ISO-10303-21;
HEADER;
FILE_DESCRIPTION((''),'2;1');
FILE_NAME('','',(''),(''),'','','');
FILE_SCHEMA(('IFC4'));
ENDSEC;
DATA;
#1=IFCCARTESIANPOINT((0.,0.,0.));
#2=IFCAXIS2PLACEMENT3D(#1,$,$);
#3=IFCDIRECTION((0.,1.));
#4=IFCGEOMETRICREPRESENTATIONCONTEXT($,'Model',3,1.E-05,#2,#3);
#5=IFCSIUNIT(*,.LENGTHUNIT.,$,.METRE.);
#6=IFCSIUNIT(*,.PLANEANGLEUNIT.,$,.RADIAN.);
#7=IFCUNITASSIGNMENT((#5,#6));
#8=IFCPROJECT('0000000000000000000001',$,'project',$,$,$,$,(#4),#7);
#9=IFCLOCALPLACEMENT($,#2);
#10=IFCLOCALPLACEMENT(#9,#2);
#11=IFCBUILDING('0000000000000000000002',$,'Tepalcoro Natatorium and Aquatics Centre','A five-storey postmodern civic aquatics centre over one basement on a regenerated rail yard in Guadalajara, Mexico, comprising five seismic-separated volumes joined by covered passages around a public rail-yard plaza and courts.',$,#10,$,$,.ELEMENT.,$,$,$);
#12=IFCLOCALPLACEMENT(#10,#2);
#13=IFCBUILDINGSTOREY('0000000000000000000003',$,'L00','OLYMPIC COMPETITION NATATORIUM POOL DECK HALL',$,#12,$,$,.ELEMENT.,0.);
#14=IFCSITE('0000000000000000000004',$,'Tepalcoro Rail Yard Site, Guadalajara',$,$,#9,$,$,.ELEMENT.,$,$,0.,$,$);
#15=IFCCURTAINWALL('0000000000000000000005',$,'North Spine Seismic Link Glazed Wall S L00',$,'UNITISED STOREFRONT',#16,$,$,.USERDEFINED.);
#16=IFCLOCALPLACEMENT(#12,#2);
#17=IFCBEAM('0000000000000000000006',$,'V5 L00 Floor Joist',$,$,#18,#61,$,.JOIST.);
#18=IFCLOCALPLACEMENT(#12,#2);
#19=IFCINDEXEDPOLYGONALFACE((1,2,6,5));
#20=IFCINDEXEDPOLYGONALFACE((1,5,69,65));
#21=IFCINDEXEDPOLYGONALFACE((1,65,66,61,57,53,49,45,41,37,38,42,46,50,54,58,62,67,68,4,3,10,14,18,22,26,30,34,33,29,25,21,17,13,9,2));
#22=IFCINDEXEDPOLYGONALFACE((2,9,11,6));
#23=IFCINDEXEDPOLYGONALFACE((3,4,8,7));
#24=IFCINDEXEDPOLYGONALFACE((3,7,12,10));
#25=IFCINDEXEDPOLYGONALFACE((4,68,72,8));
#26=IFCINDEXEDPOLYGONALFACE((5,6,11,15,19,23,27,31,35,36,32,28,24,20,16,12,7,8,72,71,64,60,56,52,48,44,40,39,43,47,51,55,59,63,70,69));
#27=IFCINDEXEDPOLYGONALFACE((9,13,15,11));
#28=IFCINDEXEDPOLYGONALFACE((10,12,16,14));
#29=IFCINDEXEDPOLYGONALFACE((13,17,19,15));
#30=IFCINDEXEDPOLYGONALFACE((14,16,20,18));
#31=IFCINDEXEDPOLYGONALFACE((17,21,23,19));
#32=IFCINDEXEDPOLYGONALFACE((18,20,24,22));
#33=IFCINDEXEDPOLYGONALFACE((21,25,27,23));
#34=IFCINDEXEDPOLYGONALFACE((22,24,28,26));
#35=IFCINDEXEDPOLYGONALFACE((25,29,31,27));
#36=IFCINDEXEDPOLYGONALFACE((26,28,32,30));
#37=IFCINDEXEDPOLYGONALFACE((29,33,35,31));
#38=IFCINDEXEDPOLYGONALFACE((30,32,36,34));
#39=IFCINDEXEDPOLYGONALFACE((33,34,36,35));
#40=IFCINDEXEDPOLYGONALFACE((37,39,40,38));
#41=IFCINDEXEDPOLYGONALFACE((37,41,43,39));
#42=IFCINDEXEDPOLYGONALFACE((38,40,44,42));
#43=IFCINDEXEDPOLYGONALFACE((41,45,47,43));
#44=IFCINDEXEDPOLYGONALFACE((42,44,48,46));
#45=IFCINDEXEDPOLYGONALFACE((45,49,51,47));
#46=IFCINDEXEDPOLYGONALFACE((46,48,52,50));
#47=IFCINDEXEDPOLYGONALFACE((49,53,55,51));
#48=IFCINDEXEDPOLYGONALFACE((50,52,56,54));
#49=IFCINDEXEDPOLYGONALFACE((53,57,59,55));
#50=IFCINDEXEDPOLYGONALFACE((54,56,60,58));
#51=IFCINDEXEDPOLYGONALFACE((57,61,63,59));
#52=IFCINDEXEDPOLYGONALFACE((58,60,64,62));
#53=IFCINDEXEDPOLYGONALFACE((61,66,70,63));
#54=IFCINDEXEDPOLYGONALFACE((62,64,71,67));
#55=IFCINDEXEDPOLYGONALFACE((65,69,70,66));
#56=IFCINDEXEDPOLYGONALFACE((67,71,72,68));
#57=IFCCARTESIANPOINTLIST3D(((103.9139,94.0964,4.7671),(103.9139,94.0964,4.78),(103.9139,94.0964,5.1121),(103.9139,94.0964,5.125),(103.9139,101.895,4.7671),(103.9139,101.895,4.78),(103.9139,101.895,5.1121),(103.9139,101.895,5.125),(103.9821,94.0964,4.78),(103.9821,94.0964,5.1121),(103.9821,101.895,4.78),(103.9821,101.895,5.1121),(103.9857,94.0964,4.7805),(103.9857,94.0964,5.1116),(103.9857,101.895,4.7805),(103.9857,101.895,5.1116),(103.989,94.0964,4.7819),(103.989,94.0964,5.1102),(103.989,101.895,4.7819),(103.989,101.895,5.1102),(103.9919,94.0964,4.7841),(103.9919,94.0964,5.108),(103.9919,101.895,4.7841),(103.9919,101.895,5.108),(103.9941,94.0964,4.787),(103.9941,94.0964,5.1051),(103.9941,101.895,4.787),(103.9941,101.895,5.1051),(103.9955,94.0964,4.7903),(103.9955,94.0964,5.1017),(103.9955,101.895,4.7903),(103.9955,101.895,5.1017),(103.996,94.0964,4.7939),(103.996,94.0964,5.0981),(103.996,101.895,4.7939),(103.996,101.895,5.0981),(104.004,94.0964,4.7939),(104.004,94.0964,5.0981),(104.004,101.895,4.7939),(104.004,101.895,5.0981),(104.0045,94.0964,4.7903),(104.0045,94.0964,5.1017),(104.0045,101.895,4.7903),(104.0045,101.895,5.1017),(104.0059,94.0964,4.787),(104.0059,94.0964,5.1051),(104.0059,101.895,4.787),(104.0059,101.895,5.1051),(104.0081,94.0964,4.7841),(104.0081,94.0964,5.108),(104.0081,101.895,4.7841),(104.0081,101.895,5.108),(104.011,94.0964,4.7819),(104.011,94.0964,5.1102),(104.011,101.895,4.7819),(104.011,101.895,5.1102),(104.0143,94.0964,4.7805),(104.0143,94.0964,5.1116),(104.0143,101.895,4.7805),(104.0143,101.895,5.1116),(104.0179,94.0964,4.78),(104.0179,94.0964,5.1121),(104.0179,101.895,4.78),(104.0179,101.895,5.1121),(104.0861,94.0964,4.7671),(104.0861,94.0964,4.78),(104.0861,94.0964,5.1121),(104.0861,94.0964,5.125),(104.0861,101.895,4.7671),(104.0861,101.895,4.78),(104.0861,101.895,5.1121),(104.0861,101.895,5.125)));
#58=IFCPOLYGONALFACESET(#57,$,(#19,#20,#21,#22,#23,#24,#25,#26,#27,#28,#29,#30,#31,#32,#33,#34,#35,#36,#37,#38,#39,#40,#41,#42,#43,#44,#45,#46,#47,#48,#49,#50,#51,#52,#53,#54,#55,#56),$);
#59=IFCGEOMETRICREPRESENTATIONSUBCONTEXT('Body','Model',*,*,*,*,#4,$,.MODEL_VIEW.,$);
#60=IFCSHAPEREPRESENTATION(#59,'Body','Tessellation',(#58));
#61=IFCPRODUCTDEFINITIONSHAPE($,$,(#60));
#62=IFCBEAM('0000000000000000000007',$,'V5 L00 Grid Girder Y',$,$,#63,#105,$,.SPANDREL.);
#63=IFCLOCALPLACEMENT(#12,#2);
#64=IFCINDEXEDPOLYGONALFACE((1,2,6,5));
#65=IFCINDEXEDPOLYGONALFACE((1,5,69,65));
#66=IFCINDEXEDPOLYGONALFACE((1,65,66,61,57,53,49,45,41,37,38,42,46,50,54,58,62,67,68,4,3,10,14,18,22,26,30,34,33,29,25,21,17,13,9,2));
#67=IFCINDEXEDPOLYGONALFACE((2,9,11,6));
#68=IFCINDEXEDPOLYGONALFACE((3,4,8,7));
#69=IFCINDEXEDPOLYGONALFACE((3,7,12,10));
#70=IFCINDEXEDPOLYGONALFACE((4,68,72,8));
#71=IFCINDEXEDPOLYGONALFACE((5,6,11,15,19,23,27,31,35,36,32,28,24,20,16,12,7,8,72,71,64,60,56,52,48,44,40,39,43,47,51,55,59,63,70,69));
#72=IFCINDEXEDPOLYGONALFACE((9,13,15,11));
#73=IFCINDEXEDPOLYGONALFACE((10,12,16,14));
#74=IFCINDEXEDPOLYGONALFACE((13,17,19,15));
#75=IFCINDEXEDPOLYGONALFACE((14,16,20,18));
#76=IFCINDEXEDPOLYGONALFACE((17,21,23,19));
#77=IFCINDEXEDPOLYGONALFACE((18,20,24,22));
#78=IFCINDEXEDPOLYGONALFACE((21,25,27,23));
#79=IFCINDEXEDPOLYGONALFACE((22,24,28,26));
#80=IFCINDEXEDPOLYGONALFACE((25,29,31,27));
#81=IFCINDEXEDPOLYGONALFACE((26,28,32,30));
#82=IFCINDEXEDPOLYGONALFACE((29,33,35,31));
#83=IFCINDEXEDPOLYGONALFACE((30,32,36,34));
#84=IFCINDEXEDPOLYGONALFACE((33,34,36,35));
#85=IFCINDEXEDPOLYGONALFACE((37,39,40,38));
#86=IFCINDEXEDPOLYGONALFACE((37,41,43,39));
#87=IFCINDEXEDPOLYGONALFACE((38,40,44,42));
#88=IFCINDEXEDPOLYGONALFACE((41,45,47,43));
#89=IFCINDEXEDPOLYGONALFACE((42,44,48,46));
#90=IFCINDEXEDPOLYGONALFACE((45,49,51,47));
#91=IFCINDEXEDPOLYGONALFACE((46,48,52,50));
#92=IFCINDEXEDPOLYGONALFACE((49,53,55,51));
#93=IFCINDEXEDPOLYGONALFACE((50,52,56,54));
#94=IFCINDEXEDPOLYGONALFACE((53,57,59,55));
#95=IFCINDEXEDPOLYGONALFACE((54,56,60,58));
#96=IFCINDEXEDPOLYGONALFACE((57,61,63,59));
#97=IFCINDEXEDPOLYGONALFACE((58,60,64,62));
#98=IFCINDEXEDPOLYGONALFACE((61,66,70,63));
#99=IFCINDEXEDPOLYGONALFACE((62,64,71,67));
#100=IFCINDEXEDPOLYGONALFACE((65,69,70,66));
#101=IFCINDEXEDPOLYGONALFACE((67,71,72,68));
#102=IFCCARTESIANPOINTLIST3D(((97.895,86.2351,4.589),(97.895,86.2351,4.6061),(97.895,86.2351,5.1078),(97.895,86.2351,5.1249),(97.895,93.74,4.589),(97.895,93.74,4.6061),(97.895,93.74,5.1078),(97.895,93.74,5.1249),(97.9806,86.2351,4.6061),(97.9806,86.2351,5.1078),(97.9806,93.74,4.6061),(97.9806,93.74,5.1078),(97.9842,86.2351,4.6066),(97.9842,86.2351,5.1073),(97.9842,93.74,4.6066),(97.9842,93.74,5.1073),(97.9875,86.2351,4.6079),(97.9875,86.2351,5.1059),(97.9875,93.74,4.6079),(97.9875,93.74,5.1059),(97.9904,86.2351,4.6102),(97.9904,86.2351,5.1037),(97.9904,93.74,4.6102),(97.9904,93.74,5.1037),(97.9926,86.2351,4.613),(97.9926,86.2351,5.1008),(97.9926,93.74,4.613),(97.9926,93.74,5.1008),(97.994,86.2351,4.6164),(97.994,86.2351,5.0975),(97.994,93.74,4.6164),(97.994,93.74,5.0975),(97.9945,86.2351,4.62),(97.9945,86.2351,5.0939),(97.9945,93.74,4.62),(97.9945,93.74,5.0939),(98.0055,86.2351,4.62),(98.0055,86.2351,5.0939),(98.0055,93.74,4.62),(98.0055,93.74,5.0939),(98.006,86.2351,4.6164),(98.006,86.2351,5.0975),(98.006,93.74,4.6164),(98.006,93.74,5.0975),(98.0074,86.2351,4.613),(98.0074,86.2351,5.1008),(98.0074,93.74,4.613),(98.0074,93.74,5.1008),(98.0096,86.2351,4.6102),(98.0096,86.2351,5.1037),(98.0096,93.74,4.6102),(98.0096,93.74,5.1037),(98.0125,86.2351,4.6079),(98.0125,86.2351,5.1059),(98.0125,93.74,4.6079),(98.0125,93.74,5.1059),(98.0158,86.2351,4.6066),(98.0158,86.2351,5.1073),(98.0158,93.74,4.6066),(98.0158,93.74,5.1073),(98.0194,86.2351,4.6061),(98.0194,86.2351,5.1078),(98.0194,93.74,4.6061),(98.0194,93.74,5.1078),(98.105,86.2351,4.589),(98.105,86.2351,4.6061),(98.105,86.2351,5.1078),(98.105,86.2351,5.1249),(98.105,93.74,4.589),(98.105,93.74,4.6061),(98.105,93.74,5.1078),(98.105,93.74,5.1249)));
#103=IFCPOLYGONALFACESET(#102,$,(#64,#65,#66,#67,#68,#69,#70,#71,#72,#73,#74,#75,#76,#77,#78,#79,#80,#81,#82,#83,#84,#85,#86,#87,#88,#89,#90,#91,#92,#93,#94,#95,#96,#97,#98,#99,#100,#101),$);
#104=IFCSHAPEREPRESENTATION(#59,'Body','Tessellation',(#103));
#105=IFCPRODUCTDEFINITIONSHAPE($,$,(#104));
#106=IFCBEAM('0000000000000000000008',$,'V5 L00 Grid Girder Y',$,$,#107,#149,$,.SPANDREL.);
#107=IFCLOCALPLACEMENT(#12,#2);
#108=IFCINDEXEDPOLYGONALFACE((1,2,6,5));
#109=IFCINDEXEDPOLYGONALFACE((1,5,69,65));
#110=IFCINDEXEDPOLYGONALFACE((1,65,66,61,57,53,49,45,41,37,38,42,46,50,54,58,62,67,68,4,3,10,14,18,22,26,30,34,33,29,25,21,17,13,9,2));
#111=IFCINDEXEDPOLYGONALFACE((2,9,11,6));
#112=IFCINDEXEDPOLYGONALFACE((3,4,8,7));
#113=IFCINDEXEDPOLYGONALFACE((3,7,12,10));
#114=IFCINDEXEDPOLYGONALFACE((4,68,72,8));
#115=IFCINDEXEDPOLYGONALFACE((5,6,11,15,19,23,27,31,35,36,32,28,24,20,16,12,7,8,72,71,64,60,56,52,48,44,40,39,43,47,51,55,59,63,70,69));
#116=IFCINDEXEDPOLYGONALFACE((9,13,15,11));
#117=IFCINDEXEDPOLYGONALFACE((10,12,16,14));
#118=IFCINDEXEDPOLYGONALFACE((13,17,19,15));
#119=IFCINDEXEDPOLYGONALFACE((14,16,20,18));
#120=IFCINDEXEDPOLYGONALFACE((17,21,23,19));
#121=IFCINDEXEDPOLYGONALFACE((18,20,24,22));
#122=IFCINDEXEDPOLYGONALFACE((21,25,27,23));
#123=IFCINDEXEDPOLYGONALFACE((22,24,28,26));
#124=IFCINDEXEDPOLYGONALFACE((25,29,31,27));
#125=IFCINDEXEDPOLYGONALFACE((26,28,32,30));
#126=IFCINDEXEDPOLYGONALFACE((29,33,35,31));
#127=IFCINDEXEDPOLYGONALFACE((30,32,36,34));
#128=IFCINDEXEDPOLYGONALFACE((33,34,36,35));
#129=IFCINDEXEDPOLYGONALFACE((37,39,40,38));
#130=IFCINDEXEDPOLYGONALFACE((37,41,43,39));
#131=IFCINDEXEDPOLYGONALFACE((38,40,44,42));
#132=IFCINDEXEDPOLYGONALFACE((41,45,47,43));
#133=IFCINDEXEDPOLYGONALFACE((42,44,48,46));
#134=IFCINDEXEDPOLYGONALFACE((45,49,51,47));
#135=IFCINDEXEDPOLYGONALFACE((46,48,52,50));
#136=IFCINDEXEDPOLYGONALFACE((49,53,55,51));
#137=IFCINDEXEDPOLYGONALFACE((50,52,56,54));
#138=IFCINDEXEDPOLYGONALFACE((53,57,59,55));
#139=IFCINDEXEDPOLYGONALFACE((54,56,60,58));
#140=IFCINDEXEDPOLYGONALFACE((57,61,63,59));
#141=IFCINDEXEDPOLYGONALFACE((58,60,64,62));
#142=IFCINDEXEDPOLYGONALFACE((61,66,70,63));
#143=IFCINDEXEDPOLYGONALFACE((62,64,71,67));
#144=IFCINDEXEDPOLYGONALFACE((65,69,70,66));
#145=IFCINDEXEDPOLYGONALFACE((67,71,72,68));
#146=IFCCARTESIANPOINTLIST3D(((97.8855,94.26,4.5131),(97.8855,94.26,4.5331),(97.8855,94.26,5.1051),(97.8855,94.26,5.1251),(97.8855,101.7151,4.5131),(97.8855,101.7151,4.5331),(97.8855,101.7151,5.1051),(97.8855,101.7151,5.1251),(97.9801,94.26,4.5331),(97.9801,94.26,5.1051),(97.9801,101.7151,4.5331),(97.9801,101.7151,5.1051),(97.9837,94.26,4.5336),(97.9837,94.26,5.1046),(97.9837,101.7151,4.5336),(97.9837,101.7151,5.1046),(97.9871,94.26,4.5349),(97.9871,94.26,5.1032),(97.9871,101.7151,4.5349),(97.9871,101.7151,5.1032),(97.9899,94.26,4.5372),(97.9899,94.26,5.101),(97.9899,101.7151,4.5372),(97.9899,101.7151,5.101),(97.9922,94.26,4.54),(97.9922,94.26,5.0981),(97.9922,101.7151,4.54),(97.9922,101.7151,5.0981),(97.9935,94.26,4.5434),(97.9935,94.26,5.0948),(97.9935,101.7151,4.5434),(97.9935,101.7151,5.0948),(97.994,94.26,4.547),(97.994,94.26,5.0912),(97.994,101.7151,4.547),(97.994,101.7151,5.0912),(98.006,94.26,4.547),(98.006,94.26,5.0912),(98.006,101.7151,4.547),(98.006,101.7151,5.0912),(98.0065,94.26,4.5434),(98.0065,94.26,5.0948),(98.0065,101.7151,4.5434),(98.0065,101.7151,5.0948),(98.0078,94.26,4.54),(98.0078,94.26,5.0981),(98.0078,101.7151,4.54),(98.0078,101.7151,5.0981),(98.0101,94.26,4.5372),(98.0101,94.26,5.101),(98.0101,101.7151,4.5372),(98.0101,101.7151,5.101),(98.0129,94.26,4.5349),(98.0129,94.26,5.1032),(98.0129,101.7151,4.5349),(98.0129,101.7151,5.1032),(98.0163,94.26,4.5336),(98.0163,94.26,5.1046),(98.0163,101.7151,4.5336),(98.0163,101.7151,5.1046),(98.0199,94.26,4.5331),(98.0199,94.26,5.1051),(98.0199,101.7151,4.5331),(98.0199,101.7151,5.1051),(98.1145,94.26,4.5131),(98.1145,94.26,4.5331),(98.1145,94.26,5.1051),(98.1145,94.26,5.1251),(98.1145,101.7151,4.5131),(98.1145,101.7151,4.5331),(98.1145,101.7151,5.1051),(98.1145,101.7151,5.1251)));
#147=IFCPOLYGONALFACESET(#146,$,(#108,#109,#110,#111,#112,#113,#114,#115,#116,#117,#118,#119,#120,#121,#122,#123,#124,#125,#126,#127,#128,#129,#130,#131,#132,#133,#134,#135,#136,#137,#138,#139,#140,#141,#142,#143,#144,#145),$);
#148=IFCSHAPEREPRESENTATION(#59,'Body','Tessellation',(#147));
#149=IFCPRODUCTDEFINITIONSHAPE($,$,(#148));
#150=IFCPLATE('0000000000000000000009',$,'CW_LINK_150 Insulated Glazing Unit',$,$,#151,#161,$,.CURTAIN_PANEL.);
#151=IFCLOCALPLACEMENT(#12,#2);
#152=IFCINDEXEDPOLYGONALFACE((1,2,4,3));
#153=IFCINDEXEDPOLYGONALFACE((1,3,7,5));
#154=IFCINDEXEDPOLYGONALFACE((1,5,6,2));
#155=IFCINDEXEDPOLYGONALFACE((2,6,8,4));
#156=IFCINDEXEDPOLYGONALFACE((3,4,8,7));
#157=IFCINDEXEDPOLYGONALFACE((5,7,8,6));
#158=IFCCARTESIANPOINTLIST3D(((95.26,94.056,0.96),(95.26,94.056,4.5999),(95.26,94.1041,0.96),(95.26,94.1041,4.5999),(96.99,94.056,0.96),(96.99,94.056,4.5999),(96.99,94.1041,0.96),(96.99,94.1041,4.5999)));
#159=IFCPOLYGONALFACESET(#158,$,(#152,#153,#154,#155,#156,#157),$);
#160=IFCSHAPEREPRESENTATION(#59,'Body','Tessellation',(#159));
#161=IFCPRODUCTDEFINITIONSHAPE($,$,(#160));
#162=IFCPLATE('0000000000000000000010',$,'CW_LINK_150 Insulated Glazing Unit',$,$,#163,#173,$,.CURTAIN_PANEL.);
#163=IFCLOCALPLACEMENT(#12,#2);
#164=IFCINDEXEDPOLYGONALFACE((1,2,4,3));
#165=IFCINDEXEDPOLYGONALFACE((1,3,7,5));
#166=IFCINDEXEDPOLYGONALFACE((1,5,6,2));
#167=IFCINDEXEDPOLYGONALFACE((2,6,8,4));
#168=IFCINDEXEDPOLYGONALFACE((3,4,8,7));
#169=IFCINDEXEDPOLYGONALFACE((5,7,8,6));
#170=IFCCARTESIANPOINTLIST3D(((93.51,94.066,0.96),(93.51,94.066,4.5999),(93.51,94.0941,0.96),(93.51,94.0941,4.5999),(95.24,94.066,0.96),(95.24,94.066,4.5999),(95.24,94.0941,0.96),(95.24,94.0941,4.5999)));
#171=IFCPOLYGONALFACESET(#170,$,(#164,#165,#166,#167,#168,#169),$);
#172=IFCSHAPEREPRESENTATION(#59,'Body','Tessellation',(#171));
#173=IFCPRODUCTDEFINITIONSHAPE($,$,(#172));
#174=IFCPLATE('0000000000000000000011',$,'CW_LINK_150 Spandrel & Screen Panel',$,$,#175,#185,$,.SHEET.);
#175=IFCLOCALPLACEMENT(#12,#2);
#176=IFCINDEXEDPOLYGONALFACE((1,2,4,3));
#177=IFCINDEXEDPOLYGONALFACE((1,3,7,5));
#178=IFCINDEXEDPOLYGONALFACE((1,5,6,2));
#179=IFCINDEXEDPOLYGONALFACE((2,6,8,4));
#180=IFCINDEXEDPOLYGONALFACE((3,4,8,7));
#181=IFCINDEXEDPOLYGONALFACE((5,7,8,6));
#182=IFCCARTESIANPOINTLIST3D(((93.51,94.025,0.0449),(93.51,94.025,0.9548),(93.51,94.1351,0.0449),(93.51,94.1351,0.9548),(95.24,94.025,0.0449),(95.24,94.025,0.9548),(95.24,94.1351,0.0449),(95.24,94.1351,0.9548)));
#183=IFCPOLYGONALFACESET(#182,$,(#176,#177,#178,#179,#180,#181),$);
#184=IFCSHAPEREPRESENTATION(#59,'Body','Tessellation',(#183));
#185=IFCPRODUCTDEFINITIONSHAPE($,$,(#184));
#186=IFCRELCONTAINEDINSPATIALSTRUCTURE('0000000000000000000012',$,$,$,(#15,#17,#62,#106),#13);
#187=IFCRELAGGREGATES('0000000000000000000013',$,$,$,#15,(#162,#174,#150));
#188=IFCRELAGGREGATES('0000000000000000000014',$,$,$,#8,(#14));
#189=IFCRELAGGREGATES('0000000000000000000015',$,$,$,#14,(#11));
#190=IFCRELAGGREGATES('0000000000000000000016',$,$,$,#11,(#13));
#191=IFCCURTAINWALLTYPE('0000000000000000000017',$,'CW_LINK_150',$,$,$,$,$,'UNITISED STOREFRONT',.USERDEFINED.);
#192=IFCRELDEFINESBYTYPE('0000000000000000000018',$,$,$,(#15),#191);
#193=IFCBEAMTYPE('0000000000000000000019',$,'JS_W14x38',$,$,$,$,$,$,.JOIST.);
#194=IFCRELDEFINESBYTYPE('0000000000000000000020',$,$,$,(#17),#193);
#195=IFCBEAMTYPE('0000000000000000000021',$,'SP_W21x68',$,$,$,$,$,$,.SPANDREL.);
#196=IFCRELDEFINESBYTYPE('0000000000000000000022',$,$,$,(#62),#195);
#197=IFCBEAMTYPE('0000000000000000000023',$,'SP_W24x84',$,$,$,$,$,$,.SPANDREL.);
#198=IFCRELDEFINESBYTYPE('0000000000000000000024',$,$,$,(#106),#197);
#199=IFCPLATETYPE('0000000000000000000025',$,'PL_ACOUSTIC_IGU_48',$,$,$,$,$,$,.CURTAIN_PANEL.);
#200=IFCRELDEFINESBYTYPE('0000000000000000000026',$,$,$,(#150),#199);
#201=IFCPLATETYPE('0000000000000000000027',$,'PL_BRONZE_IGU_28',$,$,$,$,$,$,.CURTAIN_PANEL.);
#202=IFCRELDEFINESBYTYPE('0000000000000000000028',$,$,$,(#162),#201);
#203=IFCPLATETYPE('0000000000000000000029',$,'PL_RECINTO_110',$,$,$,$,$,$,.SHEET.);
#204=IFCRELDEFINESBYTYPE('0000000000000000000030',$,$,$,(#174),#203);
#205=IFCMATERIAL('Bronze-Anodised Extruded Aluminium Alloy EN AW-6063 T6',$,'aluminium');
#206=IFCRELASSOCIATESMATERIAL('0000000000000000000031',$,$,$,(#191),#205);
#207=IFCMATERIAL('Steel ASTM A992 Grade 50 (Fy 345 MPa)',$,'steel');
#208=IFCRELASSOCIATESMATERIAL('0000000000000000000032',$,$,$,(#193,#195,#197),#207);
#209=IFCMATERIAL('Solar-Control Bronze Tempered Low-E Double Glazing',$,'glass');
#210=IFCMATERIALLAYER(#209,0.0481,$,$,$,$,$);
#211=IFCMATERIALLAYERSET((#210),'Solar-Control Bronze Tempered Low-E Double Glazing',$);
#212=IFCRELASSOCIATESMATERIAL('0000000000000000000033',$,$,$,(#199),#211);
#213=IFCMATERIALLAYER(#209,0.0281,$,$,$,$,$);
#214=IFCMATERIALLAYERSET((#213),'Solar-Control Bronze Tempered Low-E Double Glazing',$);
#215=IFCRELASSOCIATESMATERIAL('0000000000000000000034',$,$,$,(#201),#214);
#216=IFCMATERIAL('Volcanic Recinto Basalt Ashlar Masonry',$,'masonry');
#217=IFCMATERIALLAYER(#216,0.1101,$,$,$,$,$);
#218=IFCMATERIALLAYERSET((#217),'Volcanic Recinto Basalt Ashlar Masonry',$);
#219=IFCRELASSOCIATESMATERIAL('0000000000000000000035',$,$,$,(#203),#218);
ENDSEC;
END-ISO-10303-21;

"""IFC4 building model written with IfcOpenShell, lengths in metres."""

from ifc_helpers import new_model, si_unit, direction, frame, origin, origin_2d, place, context, subcontext, project, spatial, rectangle, i_section, extrude, material, layer, layer_set, material_profile, profile_set, type_object, element, aggregate, save


model = new_model("IFC4")

# Units and contexts
model_context = context("Model", 3, precision=1e-05, world=origin(), true_north=direction((0.0, 1.0)))
body_context = subcontext(model_context, "Body", "Model", "MODEL_VIEW")
ifc_project = project(units=[si_unit("LENGTHUNIT", "METRE"), si_unit("PLANEANGLEUNIT", "RADIAN")], contexts=[model_context])

# Site, building, storey
site_placement = place(None, origin())
site = spatial("IfcSite", under=ifc_project, at=site_placement, Name="Tepalcoro Rail Yard Site, Guadalajara", CompositionType="ELEMENT", RefElevation=0.0)
building_placement = place(site_placement, origin())
building = spatial("IfcBuilding", under=site, at=building_placement, Name="Tepalcoro Natatorium and Aquatics Centre", Description="A five-storey postmodern civic aquatics centre over one basement on a regenerated rail yard in Guadalajara, Mexico, comprising five seismic-separated volumes joined by covered passages around a public rail-yard plaza and courts.", CompositionType="ELEMENT")
storey_placement = place(building_placement, origin())
storey = spatial("IfcBuildingStorey", under=building, at=storey_placement, Name="L00", Description="OLYMPIC COMPETITION NATATORIUM POOL DECK HALL", CompositionType="ELEMENT", Elevation=0.0)

# Shared definitions
ifc_material_1 = material(Name="Steel ASTM A992 Grade 50 (Fy 345 MPa)", Category="steel")

# Curtain wall
ifc_material_2 = material(Name="Bronze-Anodised Extruded Aluminium Alloy EN AW-6063 T6", Category="aluminium")
curtain_wall_type = type_object("IfcCurtainWallType", Name="CW_LINK_150", ElementType="UNITISED STOREFRONT", PredefinedType="USERDEFINED", material=ifc_material_2)
curtain_wall_placement = place(storey_placement, origin())
curtain_wall = element("IfcCurtainWall", 1, at=curtain_wall_placement, inside=storey, type_object=curtain_wall_type, Name="North Spine Seismic Link Glazed Wall S L00", ObjectType="UNITISED STOREFRONT", PredefinedType="USERDEFINED")

# Beams
ifc_material_profile_1 = material_profile(ifc_material_1, i_section(OverallWidth=0.1721, OverallDepth=0.3579, WebThickness=0.0081, FlangeThickness=0.0129, FilletRadius=0.0139, at=origin_2d()), Name="W14X38")
ifc_profile_set_1 = profile_set([ifc_material_profile_1], Name="Steel ASTM A992 Grade 50 (Fy 345 MPa)")
beam_type_1 = type_object("IfcBeamType", Name="JS_W14x38", PredefinedType="JOIST", material=ifc_profile_set_1)
beam_1_placement = place(storey_placement, frame((104.0, 94.0964, 4.946), z_axis=(0.0, 1.0, 0.0), x_axis=(-1.0, 0.0, 0.0)))
element("IfcBeam", 2, at=beam_1_placement, inside=storey, type_object=beam_type_1, Name="V5 L00 Floor Joist", PredefinedType="JOIST", context=body_context, shape_type="SweptSolid", body=[
    extrude(i_section(OverallWidth=0.1721, OverallDepth=0.3579, WebThickness=0.0081, FlangeThickness=0.0129, FilletRadius=0.0139, at=origin_2d()), origin(), (0.0, 0.0, 1.0), 7.7986),
])
ifc_material_profile_2 = material_profile(ifc_material_1, i_section(OverallWidth=0.21, OverallDepth=0.5359, WebThickness=0.011, FlangeThickness=0.0171, FilletRadius=0.0139, at=origin_2d()), Name="W21X68")
ifc_profile_set_2 = profile_set([ifc_material_profile_2], Name="Steel ASTM A992 Grade 50 (Fy 345 MPa)")
beam_type_2 = type_object("IfcBeamType", Name="SP_W21x68", PredefinedType="SPANDREL", material=ifc_profile_set_2)
beam_2_placement = place(storey_placement, frame((98.0, 86.2351, 4.8569), z_axis=(0.0, 1.0, 0.0), x_axis=(-1.0, 0.0, 0.0)))
element("IfcBeam", 3, at=beam_2_placement, inside=storey, type_object=beam_type_2, Name="V5 L00 Grid Girder Y", PredefinedType="SPANDREL", context=body_context, shape_type="SweptSolid", body=[
    extrude(i_section(OverallWidth=0.21, OverallDepth=0.5359, WebThickness=0.011, FlangeThickness=0.0171, FilletRadius=0.0139, at=origin_2d()), origin(), (0.0, 0.0, 1.0), 7.5049),
])
ifc_material_profile_3 = material_profile(ifc_material_1, i_section(OverallWidth=0.229, OverallDepth=0.6121, WebThickness=0.012, FlangeThickness=0.02, FilletRadius=0.0139, at=origin_2d()), Name="W24X84")
ifc_profile_set_3 = profile_set([ifc_material_profile_3], Name="Steel ASTM A992 Grade 50 (Fy 345 MPa)")
beam_type_3 = type_object("IfcBeamType", Name="SP_W24x84", PredefinedType="SPANDREL", material=ifc_profile_set_3)
beam_3_placement = place(storey_placement, frame((98.0, 94.26, 4.8191), z_axis=(0.0, 1.0, 0.0), x_axis=(-1.0, 0.0, 0.0)))
element("IfcBeam", 4, at=beam_3_placement, inside=storey, type_object=beam_type_3, Name="V5 L00 Grid Girder Y", PredefinedType="SPANDREL", context=body_context, shape_type="SweptSolid", body=[
    extrude(i_section(OverallWidth=0.229, OverallDepth=0.6121, WebThickness=0.012, FlangeThickness=0.02, FilletRadius=0.0139, at=origin_2d()), origin(), (0.0, 0.0, 1.0), 7.4551),
])

# Plates
ifc_material_3 = material(Name="Solar-Control Bronze Tempered Low-E Double Glazing", Category="glass")
ifc_layer_1 = layer(ifc_material_3, 0.0481)
ifc_layer_set_1 = layer_set([ifc_layer_1], Name="Solar-Control Bronze Tempered Low-E Double Glazing")
plate_type_1 = type_object("IfcPlateType", Name="PL_ACOUSTIC_IGU_48", PredefinedType="CURTAIN_PANEL", material=ifc_layer_set_1)
plate_1_placement = place(storey_placement, frame((96.125, 94.0801, 0.96), z_axis=(0.0, 0.0, 1.0), x_axis=(1.0, 0.0, 0.0)))
plate_1 = element("IfcPlate", 5, at=plate_1_placement, type_object=plate_type_1, Name="CW_LINK_150 Insulated Glazing Unit", PredefinedType="CURTAIN_PANEL", context=body_context, shape_type="SweptSolid", body=[
    extrude(rectangle(XDim=1.73, YDim=0.0481, at=origin_2d()), origin(), (0.0, 0.0, 1.0), 3.6399),
])
ifc_layer_2 = layer(ifc_material_3, 0.0281)
ifc_layer_set_2 = layer_set([ifc_layer_2], Name="Solar-Control Bronze Tempered Low-E Double Glazing")
plate_type_2 = type_object("IfcPlateType", Name="PL_BRONZE_IGU_28", PredefinedType="CURTAIN_PANEL", material=ifc_layer_set_2)
plate_2_placement = place(storey_placement, frame((94.375, 94.0801, 0.96), z_axis=(0.0, 0.0, 1.0), x_axis=(1.0, 0.0, 0.0)))
plate_2 = element("IfcPlate", 6, at=plate_2_placement, type_object=plate_type_2, Name="CW_LINK_150 Insulated Glazing Unit", PredefinedType="CURTAIN_PANEL", context=body_context, shape_type="SweptSolid", body=[
    extrude(rectangle(XDim=1.73, YDim=0.0281, at=origin_2d()), origin(), (0.0, 0.0, 1.0), 3.6399),
])
ifc_material_4 = material(Name="Volcanic Recinto Basalt Ashlar Masonry", Category="masonry")
ifc_layer_3 = layer(ifc_material_4, 0.1101)
ifc_layer_set_3 = layer_set([ifc_layer_3], Name="Volcanic Recinto Basalt Ashlar Masonry")
plate_type_3 = type_object("IfcPlateType", Name="PL_RECINTO_110", PredefinedType="SHEET", material=ifc_layer_set_3)
plate_3_placement = place(storey_placement, frame((94.375, 94.0801, 0.0449), z_axis=(0.0, 0.0, 1.0), x_axis=(1.0, 0.0, 0.0)))
plate_3 = element("IfcPlate", 7, at=plate_3_placement, type_object=plate_type_3, Name="CW_LINK_150 Spandrel & Screen Panel", PredefinedType="SHEET", context=body_context, shape_type="SweptSolid", body=[
    extrude(rectangle(XDim=1.73, YDim=0.1101, at=origin_2d()), origin(), (0.0, 0.0, 1.0), 0.9099),
])
aggregate(curtain_wall, [plate_2, plate_3, plate_1])

save(model, "model.ifc")
